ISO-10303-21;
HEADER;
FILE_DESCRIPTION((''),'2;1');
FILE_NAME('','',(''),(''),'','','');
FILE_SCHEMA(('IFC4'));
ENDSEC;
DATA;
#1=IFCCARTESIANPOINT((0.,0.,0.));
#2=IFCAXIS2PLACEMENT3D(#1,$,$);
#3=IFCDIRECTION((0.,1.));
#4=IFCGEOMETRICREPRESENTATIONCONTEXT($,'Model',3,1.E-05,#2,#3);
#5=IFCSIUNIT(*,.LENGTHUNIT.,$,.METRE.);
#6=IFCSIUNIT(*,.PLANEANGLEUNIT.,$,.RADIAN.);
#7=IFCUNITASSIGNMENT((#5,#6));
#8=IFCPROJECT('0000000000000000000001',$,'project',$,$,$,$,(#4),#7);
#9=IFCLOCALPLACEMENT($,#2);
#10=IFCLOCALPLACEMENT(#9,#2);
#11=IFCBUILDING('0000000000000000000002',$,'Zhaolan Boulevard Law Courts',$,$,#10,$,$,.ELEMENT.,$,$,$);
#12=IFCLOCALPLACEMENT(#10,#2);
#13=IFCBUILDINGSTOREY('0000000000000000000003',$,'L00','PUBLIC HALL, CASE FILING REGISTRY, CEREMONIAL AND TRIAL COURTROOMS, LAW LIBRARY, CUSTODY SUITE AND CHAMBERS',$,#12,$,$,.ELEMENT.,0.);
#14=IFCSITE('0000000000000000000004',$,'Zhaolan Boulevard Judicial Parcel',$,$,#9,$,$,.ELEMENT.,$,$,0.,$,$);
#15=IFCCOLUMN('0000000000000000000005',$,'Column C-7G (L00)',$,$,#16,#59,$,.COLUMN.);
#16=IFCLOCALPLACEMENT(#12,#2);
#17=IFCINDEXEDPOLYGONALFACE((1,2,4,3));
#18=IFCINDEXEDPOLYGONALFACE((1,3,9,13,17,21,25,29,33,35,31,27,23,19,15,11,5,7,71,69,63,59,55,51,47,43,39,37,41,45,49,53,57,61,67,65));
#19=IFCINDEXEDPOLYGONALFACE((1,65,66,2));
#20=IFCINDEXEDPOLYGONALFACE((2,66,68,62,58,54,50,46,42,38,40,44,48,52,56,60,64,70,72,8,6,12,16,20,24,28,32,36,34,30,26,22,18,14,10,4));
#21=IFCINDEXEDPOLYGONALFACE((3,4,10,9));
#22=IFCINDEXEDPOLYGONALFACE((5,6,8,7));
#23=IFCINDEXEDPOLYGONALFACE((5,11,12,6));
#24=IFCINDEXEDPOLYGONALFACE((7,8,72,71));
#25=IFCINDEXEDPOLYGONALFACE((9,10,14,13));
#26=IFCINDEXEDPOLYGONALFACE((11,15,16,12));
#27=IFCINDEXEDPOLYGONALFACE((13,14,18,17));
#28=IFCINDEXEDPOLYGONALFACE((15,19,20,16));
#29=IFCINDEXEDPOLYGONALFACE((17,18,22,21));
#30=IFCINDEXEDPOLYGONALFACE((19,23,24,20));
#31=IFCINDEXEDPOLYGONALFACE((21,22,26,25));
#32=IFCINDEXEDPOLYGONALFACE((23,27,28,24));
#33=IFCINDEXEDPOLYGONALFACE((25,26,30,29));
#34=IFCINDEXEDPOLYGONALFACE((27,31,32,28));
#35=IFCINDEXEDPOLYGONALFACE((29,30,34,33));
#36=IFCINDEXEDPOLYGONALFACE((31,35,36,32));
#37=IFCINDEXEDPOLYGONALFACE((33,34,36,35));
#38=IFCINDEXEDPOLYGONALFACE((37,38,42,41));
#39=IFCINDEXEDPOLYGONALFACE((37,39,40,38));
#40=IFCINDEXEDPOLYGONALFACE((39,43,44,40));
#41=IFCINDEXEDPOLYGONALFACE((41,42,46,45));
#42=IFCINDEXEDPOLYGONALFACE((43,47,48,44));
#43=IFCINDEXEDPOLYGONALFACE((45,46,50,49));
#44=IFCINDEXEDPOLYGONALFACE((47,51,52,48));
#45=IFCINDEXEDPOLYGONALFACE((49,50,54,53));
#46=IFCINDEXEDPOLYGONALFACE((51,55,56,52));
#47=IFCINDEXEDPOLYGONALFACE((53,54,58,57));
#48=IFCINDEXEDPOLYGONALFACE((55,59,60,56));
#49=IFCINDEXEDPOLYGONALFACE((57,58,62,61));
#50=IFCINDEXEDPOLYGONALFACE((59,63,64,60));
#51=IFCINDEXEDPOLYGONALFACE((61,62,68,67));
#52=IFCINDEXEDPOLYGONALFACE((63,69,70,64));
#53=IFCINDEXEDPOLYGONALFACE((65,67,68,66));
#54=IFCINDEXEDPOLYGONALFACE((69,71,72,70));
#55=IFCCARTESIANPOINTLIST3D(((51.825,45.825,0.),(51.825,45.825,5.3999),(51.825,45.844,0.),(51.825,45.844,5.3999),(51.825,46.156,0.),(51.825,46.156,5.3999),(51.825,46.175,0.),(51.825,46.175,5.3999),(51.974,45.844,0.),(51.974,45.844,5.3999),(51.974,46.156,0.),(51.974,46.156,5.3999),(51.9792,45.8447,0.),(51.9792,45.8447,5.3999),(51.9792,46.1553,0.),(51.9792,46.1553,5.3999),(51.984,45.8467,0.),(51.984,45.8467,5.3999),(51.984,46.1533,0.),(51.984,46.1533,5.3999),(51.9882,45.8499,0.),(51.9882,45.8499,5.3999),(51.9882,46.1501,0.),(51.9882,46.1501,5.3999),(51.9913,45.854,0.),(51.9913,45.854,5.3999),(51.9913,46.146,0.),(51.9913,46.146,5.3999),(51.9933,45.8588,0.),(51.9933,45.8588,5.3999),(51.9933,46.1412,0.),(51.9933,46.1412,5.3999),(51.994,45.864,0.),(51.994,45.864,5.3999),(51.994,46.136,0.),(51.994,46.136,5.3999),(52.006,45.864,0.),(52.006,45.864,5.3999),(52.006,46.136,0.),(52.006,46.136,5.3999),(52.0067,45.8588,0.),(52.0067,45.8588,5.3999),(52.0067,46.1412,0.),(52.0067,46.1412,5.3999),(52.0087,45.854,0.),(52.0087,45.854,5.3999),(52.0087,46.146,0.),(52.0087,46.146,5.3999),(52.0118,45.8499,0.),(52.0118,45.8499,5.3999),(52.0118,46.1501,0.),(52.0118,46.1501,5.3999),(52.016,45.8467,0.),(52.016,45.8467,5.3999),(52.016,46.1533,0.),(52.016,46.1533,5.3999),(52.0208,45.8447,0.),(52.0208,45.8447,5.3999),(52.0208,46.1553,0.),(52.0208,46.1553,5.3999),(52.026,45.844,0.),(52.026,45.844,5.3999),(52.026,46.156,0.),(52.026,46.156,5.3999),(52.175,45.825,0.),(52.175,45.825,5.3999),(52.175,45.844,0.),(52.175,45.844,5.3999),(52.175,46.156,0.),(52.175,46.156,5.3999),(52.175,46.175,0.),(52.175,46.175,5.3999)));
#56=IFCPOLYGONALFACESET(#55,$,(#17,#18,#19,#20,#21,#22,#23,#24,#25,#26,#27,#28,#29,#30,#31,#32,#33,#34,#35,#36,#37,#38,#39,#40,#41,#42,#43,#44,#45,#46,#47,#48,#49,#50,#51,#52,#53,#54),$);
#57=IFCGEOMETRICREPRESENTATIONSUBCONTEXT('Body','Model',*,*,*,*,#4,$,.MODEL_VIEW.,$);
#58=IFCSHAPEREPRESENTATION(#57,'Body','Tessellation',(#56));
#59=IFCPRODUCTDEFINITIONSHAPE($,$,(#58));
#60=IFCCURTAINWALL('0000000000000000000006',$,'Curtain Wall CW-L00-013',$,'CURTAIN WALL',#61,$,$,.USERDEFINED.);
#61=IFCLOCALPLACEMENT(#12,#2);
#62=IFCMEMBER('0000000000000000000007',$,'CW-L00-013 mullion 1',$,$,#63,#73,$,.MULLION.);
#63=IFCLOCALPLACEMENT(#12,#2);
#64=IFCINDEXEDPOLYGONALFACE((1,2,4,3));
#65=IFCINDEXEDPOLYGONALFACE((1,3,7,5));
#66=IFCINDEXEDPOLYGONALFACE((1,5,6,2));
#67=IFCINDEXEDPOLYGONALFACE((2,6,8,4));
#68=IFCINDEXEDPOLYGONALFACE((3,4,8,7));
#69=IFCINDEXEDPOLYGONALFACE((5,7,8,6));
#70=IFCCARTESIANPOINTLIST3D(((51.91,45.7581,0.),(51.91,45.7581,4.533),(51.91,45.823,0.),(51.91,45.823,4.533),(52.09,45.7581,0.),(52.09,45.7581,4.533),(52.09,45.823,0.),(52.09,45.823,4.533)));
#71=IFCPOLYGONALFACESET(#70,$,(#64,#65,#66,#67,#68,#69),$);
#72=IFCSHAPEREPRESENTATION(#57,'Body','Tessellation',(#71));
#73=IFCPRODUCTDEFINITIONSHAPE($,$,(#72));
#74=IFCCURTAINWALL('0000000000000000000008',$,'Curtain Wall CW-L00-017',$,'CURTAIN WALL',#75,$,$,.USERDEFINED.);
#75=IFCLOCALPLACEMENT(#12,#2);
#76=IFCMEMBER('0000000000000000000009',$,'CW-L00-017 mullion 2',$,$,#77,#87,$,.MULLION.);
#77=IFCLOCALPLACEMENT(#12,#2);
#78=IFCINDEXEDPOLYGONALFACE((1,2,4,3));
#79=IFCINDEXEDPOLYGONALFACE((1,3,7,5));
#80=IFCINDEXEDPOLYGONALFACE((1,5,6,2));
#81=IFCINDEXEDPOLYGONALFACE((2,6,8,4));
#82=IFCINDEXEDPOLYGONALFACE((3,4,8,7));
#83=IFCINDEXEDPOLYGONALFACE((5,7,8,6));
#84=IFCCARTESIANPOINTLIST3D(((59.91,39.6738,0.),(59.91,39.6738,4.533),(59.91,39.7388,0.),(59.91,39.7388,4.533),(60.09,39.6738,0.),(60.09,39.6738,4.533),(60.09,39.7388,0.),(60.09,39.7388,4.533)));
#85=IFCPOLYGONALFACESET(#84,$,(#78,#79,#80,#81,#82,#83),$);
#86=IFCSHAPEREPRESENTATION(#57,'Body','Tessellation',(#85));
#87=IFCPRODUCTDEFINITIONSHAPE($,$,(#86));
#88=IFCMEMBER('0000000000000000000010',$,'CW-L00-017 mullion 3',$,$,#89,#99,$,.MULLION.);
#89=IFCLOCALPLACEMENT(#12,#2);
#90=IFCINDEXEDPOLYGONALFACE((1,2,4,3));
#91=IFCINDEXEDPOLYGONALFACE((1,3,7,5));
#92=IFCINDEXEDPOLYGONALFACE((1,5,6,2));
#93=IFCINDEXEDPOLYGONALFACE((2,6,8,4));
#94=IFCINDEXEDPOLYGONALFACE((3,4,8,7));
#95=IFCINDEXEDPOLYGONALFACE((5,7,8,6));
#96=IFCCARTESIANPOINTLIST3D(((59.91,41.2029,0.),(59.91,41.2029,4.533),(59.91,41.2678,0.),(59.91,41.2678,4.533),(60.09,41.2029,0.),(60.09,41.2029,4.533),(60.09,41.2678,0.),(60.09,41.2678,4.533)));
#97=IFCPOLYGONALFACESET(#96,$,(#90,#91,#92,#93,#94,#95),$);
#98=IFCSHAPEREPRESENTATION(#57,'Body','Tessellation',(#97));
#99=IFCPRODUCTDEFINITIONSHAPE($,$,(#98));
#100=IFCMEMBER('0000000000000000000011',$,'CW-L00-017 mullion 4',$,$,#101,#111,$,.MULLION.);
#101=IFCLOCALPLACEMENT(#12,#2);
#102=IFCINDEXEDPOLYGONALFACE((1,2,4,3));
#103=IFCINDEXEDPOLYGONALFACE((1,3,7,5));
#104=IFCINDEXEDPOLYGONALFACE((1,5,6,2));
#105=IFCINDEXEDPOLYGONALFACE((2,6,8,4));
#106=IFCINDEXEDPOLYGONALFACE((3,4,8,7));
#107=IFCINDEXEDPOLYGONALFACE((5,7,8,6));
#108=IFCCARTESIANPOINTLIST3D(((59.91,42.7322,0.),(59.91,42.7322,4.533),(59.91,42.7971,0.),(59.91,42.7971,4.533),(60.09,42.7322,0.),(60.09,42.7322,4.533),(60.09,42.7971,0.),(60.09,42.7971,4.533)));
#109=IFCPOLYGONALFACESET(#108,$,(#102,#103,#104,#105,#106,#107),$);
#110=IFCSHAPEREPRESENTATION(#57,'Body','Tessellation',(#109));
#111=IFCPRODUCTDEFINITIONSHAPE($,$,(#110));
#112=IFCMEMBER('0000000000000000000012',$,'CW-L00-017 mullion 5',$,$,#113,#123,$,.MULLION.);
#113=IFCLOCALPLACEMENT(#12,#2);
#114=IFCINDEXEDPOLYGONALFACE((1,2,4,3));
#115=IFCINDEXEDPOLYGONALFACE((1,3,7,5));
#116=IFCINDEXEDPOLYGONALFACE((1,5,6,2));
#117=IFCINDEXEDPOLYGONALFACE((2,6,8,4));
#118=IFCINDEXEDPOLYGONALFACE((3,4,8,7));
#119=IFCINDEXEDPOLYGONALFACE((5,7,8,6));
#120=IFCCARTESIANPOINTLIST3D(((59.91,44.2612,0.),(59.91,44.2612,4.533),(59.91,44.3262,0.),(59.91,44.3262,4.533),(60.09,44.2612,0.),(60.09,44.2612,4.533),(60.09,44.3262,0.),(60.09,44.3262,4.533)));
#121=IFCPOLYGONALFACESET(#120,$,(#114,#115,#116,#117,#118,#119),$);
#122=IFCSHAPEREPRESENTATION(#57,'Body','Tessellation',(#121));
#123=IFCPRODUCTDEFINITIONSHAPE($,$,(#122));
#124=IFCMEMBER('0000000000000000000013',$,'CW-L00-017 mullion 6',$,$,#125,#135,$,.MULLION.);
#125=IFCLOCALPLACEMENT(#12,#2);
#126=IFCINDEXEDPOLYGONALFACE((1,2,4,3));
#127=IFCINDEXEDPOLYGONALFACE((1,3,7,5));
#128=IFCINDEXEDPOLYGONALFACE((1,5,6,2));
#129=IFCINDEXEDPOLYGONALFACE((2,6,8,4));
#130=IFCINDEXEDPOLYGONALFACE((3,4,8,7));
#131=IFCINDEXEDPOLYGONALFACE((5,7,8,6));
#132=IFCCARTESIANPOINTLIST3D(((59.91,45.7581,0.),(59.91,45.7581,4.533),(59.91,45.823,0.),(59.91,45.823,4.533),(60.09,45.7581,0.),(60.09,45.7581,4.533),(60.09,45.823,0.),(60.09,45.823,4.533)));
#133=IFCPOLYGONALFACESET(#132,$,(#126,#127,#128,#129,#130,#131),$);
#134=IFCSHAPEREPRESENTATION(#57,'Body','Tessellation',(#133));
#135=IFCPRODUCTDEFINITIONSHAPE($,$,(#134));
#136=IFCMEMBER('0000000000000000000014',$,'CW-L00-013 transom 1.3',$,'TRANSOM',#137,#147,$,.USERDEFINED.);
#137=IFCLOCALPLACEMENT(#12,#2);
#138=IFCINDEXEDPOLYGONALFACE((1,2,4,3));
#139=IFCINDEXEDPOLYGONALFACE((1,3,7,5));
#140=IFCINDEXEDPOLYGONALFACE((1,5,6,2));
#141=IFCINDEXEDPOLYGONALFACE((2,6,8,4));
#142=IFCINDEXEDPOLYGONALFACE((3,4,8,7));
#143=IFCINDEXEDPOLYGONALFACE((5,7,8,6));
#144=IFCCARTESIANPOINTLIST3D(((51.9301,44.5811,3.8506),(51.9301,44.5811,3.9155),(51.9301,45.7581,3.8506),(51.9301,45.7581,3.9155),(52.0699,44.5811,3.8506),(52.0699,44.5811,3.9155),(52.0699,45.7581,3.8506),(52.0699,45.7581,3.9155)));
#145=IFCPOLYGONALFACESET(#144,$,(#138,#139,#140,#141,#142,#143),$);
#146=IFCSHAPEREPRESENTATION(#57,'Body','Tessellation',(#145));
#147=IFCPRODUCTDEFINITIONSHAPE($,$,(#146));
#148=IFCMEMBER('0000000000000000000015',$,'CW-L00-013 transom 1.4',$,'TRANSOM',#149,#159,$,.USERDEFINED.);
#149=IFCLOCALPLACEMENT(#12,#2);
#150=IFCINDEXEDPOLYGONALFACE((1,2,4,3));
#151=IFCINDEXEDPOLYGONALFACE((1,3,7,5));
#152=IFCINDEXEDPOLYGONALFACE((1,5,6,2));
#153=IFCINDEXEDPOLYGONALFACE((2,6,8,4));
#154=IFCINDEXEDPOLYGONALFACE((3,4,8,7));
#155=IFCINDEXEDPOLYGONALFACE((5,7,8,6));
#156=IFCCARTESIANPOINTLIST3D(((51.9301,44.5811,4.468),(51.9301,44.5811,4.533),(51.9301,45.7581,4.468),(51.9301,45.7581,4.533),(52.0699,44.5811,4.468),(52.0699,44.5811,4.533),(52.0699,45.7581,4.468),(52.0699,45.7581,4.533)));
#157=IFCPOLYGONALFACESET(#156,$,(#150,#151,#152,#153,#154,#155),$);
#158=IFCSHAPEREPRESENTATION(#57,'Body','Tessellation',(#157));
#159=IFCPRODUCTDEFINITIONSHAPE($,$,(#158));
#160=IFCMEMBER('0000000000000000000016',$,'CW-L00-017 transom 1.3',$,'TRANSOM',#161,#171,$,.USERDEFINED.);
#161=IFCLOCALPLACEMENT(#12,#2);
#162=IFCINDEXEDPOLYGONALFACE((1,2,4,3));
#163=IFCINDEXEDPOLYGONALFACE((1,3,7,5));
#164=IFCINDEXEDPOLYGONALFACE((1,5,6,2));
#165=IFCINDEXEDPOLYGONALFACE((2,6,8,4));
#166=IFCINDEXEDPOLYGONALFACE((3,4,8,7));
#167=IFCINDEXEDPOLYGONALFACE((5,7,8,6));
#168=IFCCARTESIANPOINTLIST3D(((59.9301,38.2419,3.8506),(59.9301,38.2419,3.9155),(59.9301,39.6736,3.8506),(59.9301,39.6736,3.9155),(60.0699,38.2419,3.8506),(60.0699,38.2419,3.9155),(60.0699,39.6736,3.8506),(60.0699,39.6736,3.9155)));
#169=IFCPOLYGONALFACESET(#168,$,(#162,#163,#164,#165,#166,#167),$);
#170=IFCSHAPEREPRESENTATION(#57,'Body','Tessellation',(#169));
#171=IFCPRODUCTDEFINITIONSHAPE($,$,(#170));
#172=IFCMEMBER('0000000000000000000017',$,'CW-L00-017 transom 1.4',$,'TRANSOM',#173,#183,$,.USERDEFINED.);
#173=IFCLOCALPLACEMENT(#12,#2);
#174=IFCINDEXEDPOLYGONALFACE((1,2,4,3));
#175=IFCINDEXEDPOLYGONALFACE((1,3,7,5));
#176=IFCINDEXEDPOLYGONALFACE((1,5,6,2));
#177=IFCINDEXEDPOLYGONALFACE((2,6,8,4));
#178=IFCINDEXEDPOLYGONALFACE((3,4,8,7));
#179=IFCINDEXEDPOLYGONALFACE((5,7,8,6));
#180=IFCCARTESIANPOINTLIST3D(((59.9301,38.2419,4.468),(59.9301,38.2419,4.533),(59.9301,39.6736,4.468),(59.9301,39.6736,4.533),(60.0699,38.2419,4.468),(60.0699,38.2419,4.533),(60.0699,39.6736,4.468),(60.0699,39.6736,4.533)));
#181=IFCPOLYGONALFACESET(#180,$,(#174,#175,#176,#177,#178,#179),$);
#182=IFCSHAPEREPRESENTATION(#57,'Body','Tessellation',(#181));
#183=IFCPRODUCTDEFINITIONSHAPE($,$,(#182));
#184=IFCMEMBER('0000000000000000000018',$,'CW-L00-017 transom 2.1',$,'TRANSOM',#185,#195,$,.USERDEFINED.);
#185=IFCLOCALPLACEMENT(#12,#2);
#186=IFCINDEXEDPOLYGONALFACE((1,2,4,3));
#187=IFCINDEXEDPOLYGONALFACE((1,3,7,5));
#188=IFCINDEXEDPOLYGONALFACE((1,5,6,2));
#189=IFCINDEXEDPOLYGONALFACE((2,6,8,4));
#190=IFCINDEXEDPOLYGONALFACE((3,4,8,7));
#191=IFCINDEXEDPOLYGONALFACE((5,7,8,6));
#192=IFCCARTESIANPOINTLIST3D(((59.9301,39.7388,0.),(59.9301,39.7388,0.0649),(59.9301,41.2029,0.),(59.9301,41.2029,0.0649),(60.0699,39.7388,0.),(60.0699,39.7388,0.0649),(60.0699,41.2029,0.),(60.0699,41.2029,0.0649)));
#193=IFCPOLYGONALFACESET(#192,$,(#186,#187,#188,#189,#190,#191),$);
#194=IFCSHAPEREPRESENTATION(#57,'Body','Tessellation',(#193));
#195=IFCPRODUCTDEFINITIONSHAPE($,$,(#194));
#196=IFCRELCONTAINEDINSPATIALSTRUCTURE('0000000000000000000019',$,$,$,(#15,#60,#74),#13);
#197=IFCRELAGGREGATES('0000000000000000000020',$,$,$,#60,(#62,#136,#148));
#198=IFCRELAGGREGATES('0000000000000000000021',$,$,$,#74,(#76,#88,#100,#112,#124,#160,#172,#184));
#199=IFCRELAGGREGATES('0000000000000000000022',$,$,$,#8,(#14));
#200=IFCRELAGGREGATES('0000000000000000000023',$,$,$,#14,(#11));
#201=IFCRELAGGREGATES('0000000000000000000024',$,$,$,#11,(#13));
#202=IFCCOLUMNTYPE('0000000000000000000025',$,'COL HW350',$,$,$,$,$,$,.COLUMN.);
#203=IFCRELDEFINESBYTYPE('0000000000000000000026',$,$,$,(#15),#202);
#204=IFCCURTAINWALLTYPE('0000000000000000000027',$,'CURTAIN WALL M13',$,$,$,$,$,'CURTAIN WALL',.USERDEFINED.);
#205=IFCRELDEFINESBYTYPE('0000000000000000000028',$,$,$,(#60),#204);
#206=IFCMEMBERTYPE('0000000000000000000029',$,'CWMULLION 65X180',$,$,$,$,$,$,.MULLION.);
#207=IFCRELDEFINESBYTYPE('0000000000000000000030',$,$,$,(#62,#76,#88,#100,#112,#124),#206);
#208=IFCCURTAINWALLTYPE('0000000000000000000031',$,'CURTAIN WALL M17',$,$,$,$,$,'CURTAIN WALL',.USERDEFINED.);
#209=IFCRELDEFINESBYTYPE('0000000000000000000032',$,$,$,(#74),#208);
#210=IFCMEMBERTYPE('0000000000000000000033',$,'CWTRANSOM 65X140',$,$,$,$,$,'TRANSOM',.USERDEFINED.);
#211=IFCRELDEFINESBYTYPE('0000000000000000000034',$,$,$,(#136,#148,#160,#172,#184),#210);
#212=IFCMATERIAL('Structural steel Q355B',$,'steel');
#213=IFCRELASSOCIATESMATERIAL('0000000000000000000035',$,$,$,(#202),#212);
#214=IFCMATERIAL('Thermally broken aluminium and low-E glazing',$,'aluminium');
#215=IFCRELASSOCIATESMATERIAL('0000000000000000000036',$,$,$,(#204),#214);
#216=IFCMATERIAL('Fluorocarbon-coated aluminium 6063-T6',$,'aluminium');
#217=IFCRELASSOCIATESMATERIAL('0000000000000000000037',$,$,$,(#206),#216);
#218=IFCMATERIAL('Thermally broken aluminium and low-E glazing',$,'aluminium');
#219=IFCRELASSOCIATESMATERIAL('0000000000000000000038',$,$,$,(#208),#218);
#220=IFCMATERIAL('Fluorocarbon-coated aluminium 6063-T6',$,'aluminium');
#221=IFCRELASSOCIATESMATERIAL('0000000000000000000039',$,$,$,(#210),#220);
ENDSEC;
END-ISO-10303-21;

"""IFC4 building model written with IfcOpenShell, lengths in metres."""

from ifc_helpers import new_model, si_unit, direction, frame, origin, origin_2d, place, context, subcontext, project, spatial, rectangle, i_section, extrude, material, material_profile, profile_set, type_object, element, aggregate, save


model = new_model("IFC4")

# Units and contexts
model_context = context("Model", 3, precision=1e-05, world=origin(), true_north=direction((0.0, 1.0)))
body_context = subcontext(model_context, "Body", "Model", "MODEL_VIEW")
ifc_project = project(units=[si_unit("LENGTHUNIT", "METRE"), si_unit("PLANEANGLEUNIT", "RADIAN")], contexts=[model_context])

# Site, building, storey
site_placement = place(None, origin())
site = spatial("IfcSite", under=ifc_project, at=site_placement, Name="Zhaolan Boulevard Judicial Parcel", CompositionType="ELEMENT", RefElevation=0.0)
building_placement = place(site_placement, origin())
building = spatial("IfcBuilding", under=site, at=building_placement, Name="Zhaolan Boulevard Law Courts", CompositionType="ELEMENT")
storey_placement = place(building_placement, origin())
storey = spatial("IfcBuildingStorey", under=building, at=storey_placement, Name="L00", Description="PUBLIC HALL, CASE FILING REGISTRY, CEREMONIAL AND TRIAL COURTROOMS, LAW LIBRARY, CUSTODY SUITE AND CHAMBERS", CompositionType="ELEMENT", Elevation=0.0)

# Column
ifc_material_1 = material(Name="Structural steel Q355B", Category="steel")
ifc_material_profile_1 = material_profile(ifc_material_1, i_section(OverallWidth=0.3501, OverallDepth=0.3501, WebThickness=0.012, FlangeThickness=0.019, FilletRadius=0.02, at=origin_2d()), Name="HW350x350")
ifc_profile_set_1 = profile_set([ifc_material_profile_1], Name="Structural steel Q355B")
column_type = type_object("IfcColumnType", Name="COL HW350", PredefinedType="COLUMN", material=ifc_profile_set_1)
column_placement = place(storey_placement, frame((52.0, 46.0, 0.0), z_axis=(0.0, 0.0, 1.0), x_axis=(1.0, 0.0, 0.0)))
element("IfcColumn", 1, at=column_placement, inside=storey, type_object=column_type, Name="Column C-7G (L00)", PredefinedType="COLUMN", context=body_context, shape_type="SweptSolid", body=[
    extrude(i_section(OverallWidth=0.3501, OverallDepth=0.3501, WebThickness=0.012, FlangeThickness=0.019, FilletRadius=0.02, at=origin_2d()), origin(), (0.0, 0.0, 1.0), 5.3999),
])

# Curtain wall, member
ifc_material_2 = material(Name="Thermally broken aluminium and low-E glazing", Category="aluminium")
curtain_wall_type_1 = type_object("IfcCurtainWallType", Name="CURTAIN WALL M13", ElementType="CURTAIN WALL", PredefinedType="USERDEFINED", material=ifc_material_2)
curtain_wall_1_placement = place(storey_placement, origin())
curtain_wall_1 = element("IfcCurtainWall", 2, at=curtain_wall_1_placement, inside=storey, type_object=curtain_wall_type_1, Name="Curtain Wall CW-L00-013", ObjectType="CURTAIN WALL", PredefinedType="USERDEFINED")
ifc_material_3 = material(Name="Fluorocarbon-coated aluminium 6063-T6", Category="aluminium")
ifc_material_profile_2 = material_profile(ifc_material_3, rectangle(XDim=0.1799, YDim=0.0649, at=origin_2d()), Name="AL65x180")
ifc_profile_set_2 = profile_set([ifc_material_profile_2], Name="Fluorocarbon-coated aluminium 6063-T6")
member_type_1 = type_object("IfcMemberType", Name="CWMULLION 65X180", PredefinedType="MULLION", material=ifc_profile_set_2)
member_1_placement = place(storey_placement, frame((52.0, 45.7905, 0.0), z_axis=(0.0, 0.0, 1.0), x_axis=(1.0, 0.0, 0.0)))
member_1 = element("IfcMember", 3, at=member_1_placement, type_object=member_type_1, Name="CW-L00-013 mullion 1", PredefinedType="MULLION", context=body_context, shape_type="SweptSolid", body=[
    extrude(rectangle(XDim=0.1799, YDim=0.0649, at=origin_2d()), origin(), (0.0, 0.0, 1.0), 4.533),
])

# Curtain wall, members
ifc_material_4 = material(Name="Thermally broken aluminium and low-E glazing", Category="aluminium")
curtain_wall_type_2 = type_object("IfcCurtainWallType", Name="CURTAIN WALL M17", ElementType="CURTAIN WALL", PredefinedType="USERDEFINED", material=ifc_material_4)
curtain_wall_2_placement = place(storey_placement, origin())
curtain_wall_2 = element("IfcCurtainWall", 4, at=curtain_wall_2_placement, inside=storey, type_object=curtain_wall_type_2, Name="Curtain Wall CW-L00-017", ObjectType="CURTAIN WALL", PredefinedType="USERDEFINED")
member_2_placement = place(storey_placement, frame((60.0, 39.7063, 0.0), z_axis=(0.0, 0.0, 1.0), x_axis=(-1.0, 0.0, 0.0)))
member_2 = element("IfcMember", 5, at=member_2_placement, type_object=member_type_1, Name="CW-L00-017 mullion 2", PredefinedType="MULLION", context=body_context, shape_type="SweptSolid", body=[
    extrude(rectangle(XDim=0.1799, YDim=0.0649, at=origin_2d()), origin(), (0.0, 0.0, 1.0), 4.533),
])
member_3_placement = place(storey_placement, frame((60.0, 41.2354, 0.0), z_axis=(0.0, 0.0, 1.0), x_axis=(-1.0, 0.0, 0.0)))
member_3 = element("IfcMember", 6, at=member_3_placement, type_object=member_type_1, Name="CW-L00-017 mullion 3", PredefinedType="MULLION", context=body_context, shape_type="SweptSolid", body=[
    extrude(rectangle(XDim=0.1799, YDim=0.0649, at=origin_2d()), origin(), (0.0, 0.0, 1.0), 4.533),
])
member_4_placement = place(storey_placement, frame((60.0, 42.7646, 0.0), z_axis=(0.0, 0.0, 1.0), x_axis=(-1.0, 0.0, 0.0)))
member_4 = element("IfcMember", 7, at=member_4_placement, type_object=member_type_1, Name="CW-L00-017 mullion 4", PredefinedType="MULLION", context=body_context, shape_type="SweptSolid", body=[
    extrude(rectangle(XDim=0.1799, YDim=0.0649, at=origin_2d()), origin(), (0.0, 0.0, 1.0), 4.533),
])
member_5_placement = place(storey_placement, frame((60.0, 44.2937, 0.0), z_axis=(0.0, 0.0, 1.0), x_axis=(-1.0, 0.0, 0.0)))
member_5 = element("IfcMember", 8, at=member_5_placement, type_object=member_type_1, Name="CW-L00-017 mullion 5", PredefinedType="MULLION", context=body_context, shape_type="SweptSolid", body=[
    extrude(rectangle(XDim=0.1799, YDim=0.0649, at=origin_2d()), origin(), (0.0, 0.0, 1.0), 4.533),
])
member_6_placement = place(storey_placement, frame((60.0, 45.7905, 0.0), z_axis=(0.0, 0.0, 1.0), x_axis=(-1.0, 0.0, 0.0)))
member_6 = element("IfcMember", 9, at=member_6_placement, type_object=member_type_1, Name="CW-L00-017 mullion 6", PredefinedType="MULLION", context=body_context, shape_type="SweptSolid", body=[
    extrude(rectangle(XDim=0.1799, YDim=0.0649, at=origin_2d()), origin(), (0.0, 0.0, 1.0), 4.533),
])

# Members
ifc_material_5 = material(Name="Fluorocarbon-coated aluminium 6063-T6", Category="aluminium")
ifc_material_profile_3 = material_profile(ifc_material_5, rectangle(XDim=0.1399, YDim=0.0649, at=origin_2d()), Name="AL65x140")
ifc_profile_set_3 = profile_set([ifc_material_profile_3], Name="Fluorocarbon-coated aluminium 6063-T6")
member_type_2 = type_object("IfcMemberType", Name="CWTRANSOM 65X140", ElementType="TRANSOM", PredefinedType="USERDEFINED", material=ifc_profile_set_3)
member_7_placement = place(storey_placement, frame((52.0, 45.7581, 3.8831), z_axis=(0.0, -1.0, 0.0), x_axis=(1.0, 0.0, 0.0)))
member_7 = element("IfcMember", 10, at=member_7_placement, type_object=member_type_2, Name="CW-L00-013 transom 1.3", ObjectType="TRANSOM", PredefinedType="USERDEFINED", context=body_context, shape_type="SweptSolid", body=[
    extrude(rectangle(XDim=0.1399, YDim=0.0649, at=origin_2d()), origin(), (0.0, 0.0, 1.0), 1.177),
])
member_8_placement = place(storey_placement, frame((52.0, 45.7581, 4.5005), z_axis=(0.0, -1.0, 0.0), x_axis=(1.0, 0.0, 0.0)))
member_8 = element("IfcMember", 11, at=member_8_placement, type_object=member_type_2, Name="CW-L00-013 transom 1.4", ObjectType="TRANSOM", PredefinedType="USERDEFINED", context=body_context, shape_type="SweptSolid", body=[
    extrude(rectangle(XDim=0.1399, YDim=0.0649, at=origin_2d()), origin(), (0.0, 0.0, 1.0), 1.177),
])
aggregate(curtain_wall_1, [member_1, member_7, member_8])
member_9_placement = place(storey_placement, frame((60.0, 38.2419, 3.8831), z_axis=(0.0, 1.0, 0.0), x_axis=(-1.0, 0.0, 0.0)))
member_9 = element("IfcMember", 12, at=member_9_placement, type_object=member_type_2, Name="CW-L00-017 transom 1.3", ObjectType="TRANSOM", PredefinedType="USERDEFINED", context=body_context, shape_type="SweptSolid", body=[
    extrude(rectangle(XDim=0.1399, YDim=0.0649, at=origin_2d()), origin(), (0.0, 0.0, 1.0), 1.4316),
])
member_10_placement = place(storey_placement, frame((60.0, 38.2419, 4.5005), z_axis=(0.0, 1.0, 0.0), x_axis=(-1.0, 0.0, 0.0)))
member_10 = element("IfcMember", 13, at=member_10_placement, type_object=member_type_2, Name="CW-L00-017 transom 1.4", ObjectType="TRANSOM", PredefinedType="USERDEFINED", context=body_context, shape_type="SweptSolid", body=[
    extrude(rectangle(XDim=0.1399, YDim=0.0649, at=origin_2d()), origin(), (0.0, 0.0, 1.0), 1.4316),
])
member_11_placement = place(storey_placement, frame((60.0, 39.7388, 0.0325), z_axis=(0.0, 1.0, 0.0), x_axis=(-1.0, 0.0, 0.0)))
member_11 = element("IfcMember", 14, at=member_11_placement, type_object=member_type_2, Name="CW-L00-017 transom 2.1", ObjectType="TRANSOM", PredefinedType="USERDEFINED", context=body_context, shape_type="SweptSolid", body=[
    extrude(rectangle(XDim=0.1399, YDim=0.0649, at=origin_2d()), origin(), (0.0, 0.0, 1.0), 1.4641),
])

aggregate(curtain_wall_2, [member_2, member_3, member_4, member_5, member_6, member_9, member_10, member_11])

save(model, "model.ifc")
